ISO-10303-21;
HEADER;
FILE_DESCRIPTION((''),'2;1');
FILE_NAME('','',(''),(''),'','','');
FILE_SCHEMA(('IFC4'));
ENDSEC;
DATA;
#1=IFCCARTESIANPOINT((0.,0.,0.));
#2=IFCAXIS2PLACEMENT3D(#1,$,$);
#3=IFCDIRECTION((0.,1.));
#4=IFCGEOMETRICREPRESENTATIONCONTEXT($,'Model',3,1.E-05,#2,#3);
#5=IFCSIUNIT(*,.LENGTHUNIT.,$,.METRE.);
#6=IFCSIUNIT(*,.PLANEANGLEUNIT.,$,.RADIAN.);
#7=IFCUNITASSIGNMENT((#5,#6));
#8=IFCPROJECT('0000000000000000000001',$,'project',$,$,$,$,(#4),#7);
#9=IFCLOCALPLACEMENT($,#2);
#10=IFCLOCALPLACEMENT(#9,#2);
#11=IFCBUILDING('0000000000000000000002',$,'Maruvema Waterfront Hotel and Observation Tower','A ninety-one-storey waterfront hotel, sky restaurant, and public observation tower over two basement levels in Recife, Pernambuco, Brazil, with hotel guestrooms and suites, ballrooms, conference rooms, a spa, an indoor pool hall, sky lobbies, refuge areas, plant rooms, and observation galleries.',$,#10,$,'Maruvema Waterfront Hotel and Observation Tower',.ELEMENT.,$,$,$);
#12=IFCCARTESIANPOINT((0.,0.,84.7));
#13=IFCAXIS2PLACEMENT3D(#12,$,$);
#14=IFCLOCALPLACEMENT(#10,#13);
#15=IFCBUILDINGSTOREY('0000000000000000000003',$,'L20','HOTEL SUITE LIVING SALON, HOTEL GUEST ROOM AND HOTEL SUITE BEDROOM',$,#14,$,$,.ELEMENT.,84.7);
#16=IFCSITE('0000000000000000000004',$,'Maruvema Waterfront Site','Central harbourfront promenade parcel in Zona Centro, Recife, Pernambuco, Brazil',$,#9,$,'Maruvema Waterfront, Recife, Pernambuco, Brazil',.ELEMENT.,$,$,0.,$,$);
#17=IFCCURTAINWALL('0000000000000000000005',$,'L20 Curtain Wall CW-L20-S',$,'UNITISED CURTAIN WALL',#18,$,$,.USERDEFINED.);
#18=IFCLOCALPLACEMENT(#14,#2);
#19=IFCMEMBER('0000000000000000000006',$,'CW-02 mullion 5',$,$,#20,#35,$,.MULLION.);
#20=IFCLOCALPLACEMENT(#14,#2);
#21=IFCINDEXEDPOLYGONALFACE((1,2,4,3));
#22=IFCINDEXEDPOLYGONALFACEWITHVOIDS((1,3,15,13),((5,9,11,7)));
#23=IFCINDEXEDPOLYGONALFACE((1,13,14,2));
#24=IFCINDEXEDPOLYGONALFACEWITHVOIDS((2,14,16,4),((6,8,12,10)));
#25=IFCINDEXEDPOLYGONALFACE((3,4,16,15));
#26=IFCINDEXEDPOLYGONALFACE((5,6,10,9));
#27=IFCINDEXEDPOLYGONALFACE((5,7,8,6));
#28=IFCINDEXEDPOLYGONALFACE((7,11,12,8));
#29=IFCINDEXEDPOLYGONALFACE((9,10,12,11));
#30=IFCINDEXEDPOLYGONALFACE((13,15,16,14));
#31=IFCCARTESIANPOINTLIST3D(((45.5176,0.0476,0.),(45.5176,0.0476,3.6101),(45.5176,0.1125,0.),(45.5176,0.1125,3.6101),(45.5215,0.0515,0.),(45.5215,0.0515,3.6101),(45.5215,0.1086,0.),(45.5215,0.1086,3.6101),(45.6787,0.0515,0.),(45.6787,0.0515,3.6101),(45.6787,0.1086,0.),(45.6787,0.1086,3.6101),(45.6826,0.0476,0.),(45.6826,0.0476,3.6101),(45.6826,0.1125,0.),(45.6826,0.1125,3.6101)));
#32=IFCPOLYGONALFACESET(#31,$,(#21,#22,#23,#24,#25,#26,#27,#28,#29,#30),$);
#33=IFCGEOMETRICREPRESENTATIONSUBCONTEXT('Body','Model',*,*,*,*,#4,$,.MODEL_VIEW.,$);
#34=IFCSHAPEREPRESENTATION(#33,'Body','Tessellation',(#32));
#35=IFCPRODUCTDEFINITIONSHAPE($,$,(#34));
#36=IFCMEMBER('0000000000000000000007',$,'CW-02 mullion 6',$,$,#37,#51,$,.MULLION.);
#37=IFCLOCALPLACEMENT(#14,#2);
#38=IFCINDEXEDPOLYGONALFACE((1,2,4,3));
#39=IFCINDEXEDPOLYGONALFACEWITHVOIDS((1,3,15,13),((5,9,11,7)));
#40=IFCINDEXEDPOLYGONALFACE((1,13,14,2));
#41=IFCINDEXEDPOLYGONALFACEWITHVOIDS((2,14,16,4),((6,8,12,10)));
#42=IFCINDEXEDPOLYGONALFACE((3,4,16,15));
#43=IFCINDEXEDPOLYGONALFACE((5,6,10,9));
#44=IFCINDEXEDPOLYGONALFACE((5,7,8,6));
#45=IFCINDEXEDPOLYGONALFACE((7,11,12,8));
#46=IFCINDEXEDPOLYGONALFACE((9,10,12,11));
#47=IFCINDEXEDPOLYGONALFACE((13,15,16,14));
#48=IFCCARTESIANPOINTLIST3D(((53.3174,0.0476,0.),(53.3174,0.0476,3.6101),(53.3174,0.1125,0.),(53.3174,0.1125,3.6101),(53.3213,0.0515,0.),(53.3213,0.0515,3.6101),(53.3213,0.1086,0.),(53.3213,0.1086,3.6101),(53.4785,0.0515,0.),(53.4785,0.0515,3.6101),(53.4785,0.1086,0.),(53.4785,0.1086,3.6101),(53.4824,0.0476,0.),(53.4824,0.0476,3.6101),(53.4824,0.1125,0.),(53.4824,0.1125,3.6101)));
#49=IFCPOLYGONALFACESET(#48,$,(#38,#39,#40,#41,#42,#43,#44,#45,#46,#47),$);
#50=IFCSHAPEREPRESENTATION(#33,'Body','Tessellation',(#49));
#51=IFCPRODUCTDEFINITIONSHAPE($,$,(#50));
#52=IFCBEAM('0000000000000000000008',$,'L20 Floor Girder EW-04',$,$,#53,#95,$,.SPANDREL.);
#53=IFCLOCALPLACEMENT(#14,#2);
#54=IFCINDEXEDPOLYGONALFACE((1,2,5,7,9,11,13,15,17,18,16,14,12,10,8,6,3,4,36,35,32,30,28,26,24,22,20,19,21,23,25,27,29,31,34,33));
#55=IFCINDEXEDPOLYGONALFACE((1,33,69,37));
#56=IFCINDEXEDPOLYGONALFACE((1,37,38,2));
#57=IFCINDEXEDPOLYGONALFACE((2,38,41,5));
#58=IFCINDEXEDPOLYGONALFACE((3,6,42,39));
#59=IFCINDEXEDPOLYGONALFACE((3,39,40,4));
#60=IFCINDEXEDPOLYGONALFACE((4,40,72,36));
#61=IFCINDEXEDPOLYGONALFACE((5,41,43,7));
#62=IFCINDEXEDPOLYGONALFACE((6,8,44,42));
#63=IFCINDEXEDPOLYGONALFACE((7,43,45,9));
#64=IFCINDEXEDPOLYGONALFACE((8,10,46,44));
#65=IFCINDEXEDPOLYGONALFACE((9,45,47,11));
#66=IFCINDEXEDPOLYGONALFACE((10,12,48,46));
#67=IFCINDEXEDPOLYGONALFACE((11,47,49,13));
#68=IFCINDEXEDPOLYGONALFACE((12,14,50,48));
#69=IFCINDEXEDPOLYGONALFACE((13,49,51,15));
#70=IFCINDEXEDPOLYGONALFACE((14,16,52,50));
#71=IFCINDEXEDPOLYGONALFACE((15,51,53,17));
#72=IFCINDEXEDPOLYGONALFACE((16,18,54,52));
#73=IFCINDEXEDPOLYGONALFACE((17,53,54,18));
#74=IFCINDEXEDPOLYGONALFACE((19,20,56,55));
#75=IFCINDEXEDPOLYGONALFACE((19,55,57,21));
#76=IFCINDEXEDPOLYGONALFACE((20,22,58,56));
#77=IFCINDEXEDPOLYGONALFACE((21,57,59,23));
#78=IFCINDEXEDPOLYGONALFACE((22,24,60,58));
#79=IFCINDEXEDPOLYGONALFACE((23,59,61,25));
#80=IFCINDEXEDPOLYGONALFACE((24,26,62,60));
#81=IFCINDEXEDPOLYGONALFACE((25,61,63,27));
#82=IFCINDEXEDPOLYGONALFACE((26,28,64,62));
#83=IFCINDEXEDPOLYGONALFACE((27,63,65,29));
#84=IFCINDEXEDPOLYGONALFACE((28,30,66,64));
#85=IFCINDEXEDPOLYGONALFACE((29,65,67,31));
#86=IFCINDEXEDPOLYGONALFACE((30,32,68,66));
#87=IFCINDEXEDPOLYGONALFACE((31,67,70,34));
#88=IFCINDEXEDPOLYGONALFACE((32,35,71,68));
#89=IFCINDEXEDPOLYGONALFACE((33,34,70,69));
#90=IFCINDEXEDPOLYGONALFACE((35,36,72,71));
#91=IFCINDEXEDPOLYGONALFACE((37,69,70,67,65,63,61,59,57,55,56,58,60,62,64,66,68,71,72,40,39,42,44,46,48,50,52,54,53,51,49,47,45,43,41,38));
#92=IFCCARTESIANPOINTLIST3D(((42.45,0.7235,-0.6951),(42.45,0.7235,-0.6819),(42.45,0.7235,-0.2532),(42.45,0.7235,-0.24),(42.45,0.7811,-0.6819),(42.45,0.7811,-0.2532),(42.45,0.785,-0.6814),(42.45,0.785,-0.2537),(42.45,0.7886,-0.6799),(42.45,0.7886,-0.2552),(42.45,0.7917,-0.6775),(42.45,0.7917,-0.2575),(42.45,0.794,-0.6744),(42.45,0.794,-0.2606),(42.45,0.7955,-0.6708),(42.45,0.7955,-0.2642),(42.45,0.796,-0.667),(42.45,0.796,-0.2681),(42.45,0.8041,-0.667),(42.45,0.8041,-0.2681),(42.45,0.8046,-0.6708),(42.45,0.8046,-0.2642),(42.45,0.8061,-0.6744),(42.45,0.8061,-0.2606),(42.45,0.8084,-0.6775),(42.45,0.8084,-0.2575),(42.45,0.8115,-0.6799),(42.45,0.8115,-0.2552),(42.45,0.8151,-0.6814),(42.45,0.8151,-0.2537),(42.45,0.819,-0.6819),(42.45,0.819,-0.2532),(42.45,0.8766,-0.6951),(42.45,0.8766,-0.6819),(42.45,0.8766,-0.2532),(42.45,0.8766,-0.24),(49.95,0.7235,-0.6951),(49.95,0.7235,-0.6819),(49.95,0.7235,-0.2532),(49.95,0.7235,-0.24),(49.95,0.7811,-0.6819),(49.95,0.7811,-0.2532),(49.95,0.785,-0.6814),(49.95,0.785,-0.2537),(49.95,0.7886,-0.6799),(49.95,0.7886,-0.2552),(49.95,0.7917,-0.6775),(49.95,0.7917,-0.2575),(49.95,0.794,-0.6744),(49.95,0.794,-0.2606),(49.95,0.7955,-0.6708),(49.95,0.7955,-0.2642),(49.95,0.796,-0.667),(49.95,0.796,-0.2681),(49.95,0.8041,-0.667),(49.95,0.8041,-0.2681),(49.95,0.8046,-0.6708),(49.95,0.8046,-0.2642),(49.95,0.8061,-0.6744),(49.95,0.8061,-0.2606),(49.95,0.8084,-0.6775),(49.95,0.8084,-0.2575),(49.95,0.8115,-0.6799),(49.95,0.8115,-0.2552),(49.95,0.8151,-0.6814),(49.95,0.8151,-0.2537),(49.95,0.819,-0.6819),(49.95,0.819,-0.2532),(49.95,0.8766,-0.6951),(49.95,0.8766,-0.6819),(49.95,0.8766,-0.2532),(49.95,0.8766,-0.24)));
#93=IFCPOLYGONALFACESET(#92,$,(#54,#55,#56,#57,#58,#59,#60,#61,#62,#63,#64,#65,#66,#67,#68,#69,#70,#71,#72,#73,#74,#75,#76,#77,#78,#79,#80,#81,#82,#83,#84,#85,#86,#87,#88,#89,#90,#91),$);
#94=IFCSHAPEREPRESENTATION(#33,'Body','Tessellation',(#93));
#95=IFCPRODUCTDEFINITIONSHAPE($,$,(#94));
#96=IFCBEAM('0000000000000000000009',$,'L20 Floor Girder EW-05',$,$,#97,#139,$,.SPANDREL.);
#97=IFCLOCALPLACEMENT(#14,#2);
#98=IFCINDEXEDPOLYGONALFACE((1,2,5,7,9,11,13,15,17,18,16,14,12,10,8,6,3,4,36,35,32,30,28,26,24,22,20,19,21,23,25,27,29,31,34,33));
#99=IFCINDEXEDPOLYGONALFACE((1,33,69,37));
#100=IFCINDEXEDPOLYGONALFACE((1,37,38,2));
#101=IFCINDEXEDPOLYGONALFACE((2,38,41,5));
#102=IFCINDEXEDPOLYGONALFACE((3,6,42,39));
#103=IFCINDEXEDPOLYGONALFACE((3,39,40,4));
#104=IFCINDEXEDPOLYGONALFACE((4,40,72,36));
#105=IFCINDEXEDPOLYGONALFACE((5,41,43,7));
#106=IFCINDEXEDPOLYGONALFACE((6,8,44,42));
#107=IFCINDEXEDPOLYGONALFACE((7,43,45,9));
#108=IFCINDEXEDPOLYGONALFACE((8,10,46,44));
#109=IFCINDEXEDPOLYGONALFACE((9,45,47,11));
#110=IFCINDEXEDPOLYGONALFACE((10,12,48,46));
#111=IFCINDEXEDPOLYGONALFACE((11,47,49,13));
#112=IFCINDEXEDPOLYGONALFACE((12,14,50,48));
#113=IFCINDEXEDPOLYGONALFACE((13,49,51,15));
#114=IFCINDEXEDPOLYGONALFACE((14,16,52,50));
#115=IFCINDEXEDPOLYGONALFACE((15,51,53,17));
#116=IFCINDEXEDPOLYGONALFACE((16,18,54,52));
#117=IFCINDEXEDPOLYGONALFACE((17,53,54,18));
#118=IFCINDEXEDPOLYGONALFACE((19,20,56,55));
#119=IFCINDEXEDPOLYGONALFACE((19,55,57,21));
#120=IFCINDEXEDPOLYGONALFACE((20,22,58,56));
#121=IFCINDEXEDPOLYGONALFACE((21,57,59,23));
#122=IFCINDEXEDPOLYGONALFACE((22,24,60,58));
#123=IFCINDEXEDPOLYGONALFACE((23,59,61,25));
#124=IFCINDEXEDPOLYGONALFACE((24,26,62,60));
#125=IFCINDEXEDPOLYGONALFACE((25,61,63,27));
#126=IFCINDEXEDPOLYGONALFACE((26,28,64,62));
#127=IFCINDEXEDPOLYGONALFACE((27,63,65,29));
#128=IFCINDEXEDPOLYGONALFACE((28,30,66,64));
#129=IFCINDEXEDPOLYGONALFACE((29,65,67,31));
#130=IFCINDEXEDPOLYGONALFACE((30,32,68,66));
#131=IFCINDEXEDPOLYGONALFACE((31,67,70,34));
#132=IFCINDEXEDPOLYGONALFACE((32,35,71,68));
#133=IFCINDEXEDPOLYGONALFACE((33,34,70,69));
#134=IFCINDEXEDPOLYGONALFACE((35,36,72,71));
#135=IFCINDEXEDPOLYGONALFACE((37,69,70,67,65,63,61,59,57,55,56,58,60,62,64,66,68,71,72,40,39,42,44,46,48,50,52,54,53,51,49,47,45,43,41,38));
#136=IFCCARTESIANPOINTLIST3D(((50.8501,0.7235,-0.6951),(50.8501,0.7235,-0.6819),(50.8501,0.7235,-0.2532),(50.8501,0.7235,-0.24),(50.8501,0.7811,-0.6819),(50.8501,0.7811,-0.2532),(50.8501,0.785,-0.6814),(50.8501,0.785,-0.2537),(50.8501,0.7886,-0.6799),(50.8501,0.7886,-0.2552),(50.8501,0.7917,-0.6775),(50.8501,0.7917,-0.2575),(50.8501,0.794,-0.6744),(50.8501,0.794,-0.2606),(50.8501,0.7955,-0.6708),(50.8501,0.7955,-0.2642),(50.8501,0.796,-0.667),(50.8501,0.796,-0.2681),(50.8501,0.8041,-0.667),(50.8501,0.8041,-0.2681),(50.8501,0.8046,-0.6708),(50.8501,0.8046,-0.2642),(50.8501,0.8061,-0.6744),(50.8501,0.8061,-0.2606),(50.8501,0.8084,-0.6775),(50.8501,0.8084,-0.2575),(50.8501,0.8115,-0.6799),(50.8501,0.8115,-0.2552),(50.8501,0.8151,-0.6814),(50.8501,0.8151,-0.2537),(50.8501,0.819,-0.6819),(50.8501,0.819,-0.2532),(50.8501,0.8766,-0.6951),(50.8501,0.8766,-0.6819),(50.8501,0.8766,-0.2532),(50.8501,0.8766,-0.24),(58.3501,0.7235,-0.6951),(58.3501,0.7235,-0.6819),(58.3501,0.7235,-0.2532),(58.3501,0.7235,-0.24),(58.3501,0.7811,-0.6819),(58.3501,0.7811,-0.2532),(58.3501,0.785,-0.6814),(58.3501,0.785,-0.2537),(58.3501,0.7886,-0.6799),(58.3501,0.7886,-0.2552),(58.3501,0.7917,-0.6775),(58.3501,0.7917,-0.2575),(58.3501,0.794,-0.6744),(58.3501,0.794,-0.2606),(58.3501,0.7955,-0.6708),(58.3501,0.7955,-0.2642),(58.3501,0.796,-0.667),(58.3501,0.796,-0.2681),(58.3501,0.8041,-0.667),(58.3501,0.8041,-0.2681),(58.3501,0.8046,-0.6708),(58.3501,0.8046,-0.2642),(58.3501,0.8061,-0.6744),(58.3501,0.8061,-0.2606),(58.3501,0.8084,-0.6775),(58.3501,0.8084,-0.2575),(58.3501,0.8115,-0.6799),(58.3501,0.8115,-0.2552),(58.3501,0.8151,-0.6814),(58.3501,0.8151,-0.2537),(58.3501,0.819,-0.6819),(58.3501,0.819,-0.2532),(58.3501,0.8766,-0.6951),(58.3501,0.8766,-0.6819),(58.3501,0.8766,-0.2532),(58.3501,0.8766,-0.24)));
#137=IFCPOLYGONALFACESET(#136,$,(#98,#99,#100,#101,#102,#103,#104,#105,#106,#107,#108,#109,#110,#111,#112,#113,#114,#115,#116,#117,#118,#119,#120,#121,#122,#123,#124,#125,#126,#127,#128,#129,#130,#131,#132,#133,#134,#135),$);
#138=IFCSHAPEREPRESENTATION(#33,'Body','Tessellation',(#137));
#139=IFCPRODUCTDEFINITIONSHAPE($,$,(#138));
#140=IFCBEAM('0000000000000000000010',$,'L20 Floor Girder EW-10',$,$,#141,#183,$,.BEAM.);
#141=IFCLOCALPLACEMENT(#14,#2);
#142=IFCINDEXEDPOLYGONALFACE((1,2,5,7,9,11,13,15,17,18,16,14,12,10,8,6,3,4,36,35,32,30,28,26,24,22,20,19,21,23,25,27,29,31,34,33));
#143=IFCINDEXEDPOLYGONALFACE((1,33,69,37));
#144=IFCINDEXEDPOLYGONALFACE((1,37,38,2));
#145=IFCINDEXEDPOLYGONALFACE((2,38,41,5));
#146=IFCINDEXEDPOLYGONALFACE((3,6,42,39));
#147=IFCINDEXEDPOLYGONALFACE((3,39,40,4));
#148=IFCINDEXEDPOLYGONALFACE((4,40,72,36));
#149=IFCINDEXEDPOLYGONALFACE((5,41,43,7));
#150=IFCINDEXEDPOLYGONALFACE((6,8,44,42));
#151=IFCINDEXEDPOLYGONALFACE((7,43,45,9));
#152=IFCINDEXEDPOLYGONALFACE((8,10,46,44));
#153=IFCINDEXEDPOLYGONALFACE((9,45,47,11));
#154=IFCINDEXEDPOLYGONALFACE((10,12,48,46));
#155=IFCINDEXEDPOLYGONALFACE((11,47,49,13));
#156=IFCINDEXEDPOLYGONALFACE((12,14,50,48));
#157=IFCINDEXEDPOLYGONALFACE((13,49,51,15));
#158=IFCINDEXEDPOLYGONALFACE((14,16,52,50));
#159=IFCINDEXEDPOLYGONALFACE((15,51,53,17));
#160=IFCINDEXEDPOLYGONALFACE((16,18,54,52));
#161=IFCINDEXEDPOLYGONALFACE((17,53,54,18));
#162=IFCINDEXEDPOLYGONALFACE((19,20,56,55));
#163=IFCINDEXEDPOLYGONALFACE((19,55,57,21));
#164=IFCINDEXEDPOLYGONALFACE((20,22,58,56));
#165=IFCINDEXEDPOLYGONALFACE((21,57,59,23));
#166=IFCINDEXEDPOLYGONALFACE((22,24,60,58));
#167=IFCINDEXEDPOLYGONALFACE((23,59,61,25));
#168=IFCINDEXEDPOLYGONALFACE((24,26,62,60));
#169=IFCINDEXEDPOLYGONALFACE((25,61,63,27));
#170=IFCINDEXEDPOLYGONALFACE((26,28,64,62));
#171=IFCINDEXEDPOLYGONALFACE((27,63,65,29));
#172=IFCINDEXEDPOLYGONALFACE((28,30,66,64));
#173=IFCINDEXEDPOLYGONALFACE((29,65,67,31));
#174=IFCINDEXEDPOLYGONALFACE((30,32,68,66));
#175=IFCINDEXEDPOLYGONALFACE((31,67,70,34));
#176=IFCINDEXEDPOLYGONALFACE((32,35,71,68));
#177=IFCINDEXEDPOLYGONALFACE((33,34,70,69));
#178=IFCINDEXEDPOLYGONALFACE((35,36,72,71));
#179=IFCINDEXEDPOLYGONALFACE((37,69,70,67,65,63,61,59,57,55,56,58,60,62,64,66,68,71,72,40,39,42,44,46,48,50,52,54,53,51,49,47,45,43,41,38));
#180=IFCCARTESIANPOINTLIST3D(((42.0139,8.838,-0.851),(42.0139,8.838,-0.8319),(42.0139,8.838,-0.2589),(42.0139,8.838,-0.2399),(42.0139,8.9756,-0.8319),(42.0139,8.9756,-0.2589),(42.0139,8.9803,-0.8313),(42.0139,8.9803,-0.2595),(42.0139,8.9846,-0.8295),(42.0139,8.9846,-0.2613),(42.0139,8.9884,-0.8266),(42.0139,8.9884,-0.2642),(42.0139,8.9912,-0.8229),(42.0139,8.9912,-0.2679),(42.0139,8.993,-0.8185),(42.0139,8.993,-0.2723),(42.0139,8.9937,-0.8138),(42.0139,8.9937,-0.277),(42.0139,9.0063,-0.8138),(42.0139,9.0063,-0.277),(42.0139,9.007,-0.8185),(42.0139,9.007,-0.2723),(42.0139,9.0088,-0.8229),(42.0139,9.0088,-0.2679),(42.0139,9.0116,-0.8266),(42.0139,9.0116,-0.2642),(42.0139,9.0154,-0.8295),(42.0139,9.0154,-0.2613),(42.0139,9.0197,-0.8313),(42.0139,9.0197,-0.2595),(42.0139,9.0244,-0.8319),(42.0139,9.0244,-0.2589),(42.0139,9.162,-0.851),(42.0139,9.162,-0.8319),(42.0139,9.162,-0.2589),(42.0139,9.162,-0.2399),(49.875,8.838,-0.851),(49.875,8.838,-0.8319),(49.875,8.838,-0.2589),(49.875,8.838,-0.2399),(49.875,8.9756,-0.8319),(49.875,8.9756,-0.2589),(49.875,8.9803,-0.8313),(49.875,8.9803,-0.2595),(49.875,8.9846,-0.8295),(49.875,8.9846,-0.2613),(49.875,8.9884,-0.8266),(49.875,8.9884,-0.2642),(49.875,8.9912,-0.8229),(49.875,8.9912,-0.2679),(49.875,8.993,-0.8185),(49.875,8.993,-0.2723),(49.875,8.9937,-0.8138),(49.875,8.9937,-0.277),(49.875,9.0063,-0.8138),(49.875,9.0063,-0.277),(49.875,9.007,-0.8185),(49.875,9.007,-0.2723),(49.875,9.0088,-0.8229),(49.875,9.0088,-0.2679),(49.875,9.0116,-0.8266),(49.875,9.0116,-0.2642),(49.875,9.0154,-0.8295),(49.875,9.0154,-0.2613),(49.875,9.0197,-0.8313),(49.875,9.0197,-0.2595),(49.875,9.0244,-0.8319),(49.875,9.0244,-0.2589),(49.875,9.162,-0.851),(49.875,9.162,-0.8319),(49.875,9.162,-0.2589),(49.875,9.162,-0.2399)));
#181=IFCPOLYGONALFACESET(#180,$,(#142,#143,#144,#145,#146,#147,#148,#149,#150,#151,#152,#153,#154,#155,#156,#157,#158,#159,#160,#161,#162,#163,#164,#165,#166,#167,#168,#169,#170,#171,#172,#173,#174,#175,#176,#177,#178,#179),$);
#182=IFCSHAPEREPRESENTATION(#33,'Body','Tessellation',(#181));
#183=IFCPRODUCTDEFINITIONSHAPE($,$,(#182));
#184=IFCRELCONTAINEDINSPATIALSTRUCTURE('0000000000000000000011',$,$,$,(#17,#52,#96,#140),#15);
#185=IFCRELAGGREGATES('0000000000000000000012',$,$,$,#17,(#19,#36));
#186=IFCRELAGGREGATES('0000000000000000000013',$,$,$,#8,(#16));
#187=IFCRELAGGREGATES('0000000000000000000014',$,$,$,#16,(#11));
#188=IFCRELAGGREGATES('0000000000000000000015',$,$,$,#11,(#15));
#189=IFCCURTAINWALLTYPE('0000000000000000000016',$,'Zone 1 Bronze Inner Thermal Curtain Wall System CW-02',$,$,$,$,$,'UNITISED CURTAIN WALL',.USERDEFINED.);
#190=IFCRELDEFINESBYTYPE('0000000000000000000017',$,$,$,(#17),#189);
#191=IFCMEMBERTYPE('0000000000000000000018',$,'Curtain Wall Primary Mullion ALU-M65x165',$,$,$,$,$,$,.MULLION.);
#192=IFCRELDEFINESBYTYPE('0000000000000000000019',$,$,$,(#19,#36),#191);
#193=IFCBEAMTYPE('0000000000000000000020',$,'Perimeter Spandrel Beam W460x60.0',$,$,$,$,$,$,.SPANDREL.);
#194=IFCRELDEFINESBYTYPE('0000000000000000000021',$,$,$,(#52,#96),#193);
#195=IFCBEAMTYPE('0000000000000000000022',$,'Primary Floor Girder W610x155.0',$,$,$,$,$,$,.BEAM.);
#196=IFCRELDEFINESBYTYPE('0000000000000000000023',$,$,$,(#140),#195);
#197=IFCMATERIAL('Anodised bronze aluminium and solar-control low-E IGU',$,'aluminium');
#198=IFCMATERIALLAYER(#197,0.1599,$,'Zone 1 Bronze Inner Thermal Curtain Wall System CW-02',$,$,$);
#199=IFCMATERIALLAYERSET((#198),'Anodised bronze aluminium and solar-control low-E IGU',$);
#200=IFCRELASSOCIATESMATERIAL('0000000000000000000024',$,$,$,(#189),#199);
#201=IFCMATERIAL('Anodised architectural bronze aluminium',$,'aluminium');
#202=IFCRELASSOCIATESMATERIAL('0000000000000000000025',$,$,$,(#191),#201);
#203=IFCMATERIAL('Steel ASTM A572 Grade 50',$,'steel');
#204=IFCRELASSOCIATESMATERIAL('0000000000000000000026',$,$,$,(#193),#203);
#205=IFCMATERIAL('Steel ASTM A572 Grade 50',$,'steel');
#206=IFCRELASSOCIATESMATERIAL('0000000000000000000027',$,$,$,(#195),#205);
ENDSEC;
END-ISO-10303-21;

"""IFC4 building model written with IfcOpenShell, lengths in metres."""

from ifc_helpers import new_model, si_unit, direction, frame, origin, origin_2d, place, context, subcontext, project, spatial, hollow_rectangle, i_section, extrude, material, layer, layer_set, material_profile, profile_set, type_object, element, aggregate, save


model = new_model("IFC4")

# Units and contexts
model_context = context("Model", 3, precision=1e-05, world=origin(), true_north=direction((0.0, 1.0)))
body_context = subcontext(model_context, "Body", "Model", "MODEL_VIEW")
ifc_project = project(units=[si_unit("LENGTHUNIT", "METRE"), si_unit("PLANEANGLEUNIT", "RADIAN")], contexts=[model_context])

# Site, building, storey
site_placement = place(None, origin())
site = spatial("IfcSite", under=ifc_project, at=site_placement, Name="Maruvema Waterfront Site", Description="Central harbourfront promenade parcel in Zona Centro, Recife, Pernambuco, Brazil", LongName="Maruvema Waterfront, Recife, Pernambuco, Brazil", CompositionType="ELEMENT", RefElevation=0.0)
building_placement = place(site_placement, origin())
building = spatial("IfcBuilding", under=site, at=building_placement, Name="Maruvema Waterfront Hotel and Observation Tower", Description="A ninety-one-storey waterfront hotel, sky restaurant, and public observation tower over two basement levels in Recife, Pernambuco, Brazil, with hotel guestrooms and suites, ballrooms, conference rooms, a spa, an indoor pool hall, sky lobbies, refuge areas, plant rooms, and observation galleries.", LongName="Maruvema Waterfront Hotel and Observation Tower", CompositionType="ELEMENT")
storey_placement = place(building_placement, frame((0.0, 0.0, 84.7)))
storey = spatial("IfcBuildingStorey", under=building, at=storey_placement, Name="L20", Description="HOTEL SUITE LIVING SALON, HOTEL GUEST ROOM AND HOTEL SUITE BEDROOM", CompositionType="ELEMENT", Elevation=84.7)

# Curtain wall, members
ifc_material_1 = material(Name="Anodised bronze aluminium and solar-control low-E IGU", Category="aluminium")
ifc_layer_1 = layer(ifc_material_1, 0.1599, Name="Zone 1 Bronze Inner Thermal Curtain Wall System CW-02")
ifc_layer_set_1 = layer_set([ifc_layer_1], Name="Anodised bronze aluminium and solar-control low-E IGU")
curtain_wall_type = type_object("IfcCurtainWallType", Name="Zone 1 Bronze Inner Thermal Curtain Wall System CW-02", ElementType="UNITISED CURTAIN WALL", PredefinedType="USERDEFINED", material=ifc_layer_set_1)
curtain_wall_placement = place(storey_placement, origin())
curtain_wall = element("IfcCurtainWall", 1, at=curtain_wall_placement, inside=storey, type_object=curtain_wall_type, Name="L20 Curtain Wall CW-L20-S", ObjectType="UNITISED CURTAIN WALL", PredefinedType="USERDEFINED")
ifc_material_2 = material(Name="Anodised architectural bronze aluminium", Category="aluminium")
ifc_material_profile_1 = material_profile(ifc_material_2, hollow_rectangle(XDim=0.0649, YDim=0.165, WallThickness=0.0039, at=origin_2d()), Name="ALU-M65x165")
ifc_profile_set_1 = profile_set([ifc_material_profile_1], Name="Anodised architectural bronze aluminium")
member_type_1 = type_object("IfcMemberType", Name="Curtain Wall Primary Mullion ALU-M65x165", PredefinedType="MULLION", material=ifc_profile_set_1)
member_1_placement = place(storey_placement, frame((45.6001, 0.0801, 0.0), z_axis=(0.0, 0.0, 1.0), x_axis=(0.0, 1.0, 0.0)))
member_1 = element("IfcMember", 2, at=member_1_placement, type_object=member_type_1, Name="CW-02 mullion 5", PredefinedType="MULLION", context=body_context, shape_type="SweptSolid", body=[
    extrude(hollow_rectangle(XDim=0.0649, YDim=0.165, WallThickness=0.0039, at=origin_2d()), origin(), (0.0, 0.0, 1.0), 3.6101),
])
member_2_placement = place(storey_placement, frame((53.3999, 0.0801, 0.0), z_axis=(0.0, 0.0, 1.0), x_axis=(0.0, 1.0, 0.0)))
member_2 = element("IfcMember", 3, at=member_2_placement, type_object=member_type_1, Name="CW-02 mullion 6", PredefinedType="MULLION", context=body_context, shape_type="SweptSolid", body=[
    extrude(hollow_rectangle(XDim=0.0649, YDim=0.165, WallThickness=0.0039, at=origin_2d()), origin(), (0.0, 0.0, 1.0), 3.6101),
])

# Beams
ifc_material_3 = material(Name="Steel ASTM A572 Grade 50", Category="steel")
ifc_material_profile_2 = material_profile(ifc_material_3, i_section(OverallWidth=0.1531, OverallDepth=0.4551, WebThickness=0.0081, FlangeThickness=0.0132, FilletRadius=0.0149, at=origin_2d()), Name="W460x60.0")
ifc_profile_set_2 = profile_set([ifc_material_profile_2], Name="Steel ASTM A572 Grade 50")
beam_type_1 = type_object("IfcBeamType", Name="Perimeter Spandrel Beam W460x60.0", PredefinedType="SPANDREL", material=ifc_profile_set_2)
for number, where, z_axis, x_axis, name in (
    (4, (42.45, 0.8, -0.4675), (1.0, 0.0, 0.0), (0.0, 1.0, 0.0), "L20 Floor Girder EW-04"),
    (5, (50.8501, 0.8, -0.4675), (1.0, 0.0, 0.0), (0.0, 1.0, 0.0), "L20 Floor Girder EW-05"),
):
    element("IfcBeam", number, at=place(storey_placement, frame(where, z_axis=z_axis, x_axis=x_axis)), inside=storey, type_object=beam_type_1, Name=name, PredefinedType="SPANDREL", context=body_context, shape_type="SweptSolid", body=[
        extrude(i_section(OverallWidth=0.1531, OverallDepth=0.4551, WebThickness=0.0081, FlangeThickness=0.0132, FilletRadius=0.0149, at=origin_2d()), origin(), (0.0, 0.0, 1.0), 7.5),
    ])
ifc_material_4 = material(Name="Steel ASTM A572 Grade 50", Category="steel")
ifc_material_profile_3 = material_profile(ifc_material_4, i_section(OverallWidth=0.324, OverallDepth=0.6111, WebThickness=0.0127, FlangeThickness=0.019, FilletRadius=0.0181, at=origin_2d()), Name="W610x155.0")
ifc_profile_set_3 = profile_set([ifc_material_profile_3], Name="Steel ASTM A572 Grade 50")
beam_type_2 = type_object("IfcBeamType", Name="Primary Floor Girder W610x155.0", PredefinedType="BEAM", material=ifc_profile_set_3)
beam_1_placement = place(storey_placement, frame((42.0139, 9.0, -0.5454), z_axis=(1.0, 0.0, 0.0), x_axis=(0.0, 1.0, 0.0)))
element("IfcBeam", 6, at=beam_1_placement, inside=storey, type_object=beam_type_2, Name="L20 Floor Girder EW-10", PredefinedType="BEAM", context=body_context, shape_type="SweptSolid", body=[
    extrude(i_section(OverallWidth=0.324, OverallDepth=0.6111, WebThickness=0.0127, FlangeThickness=0.019, FilletRadius=0.0181, at=origin_2d()), origin(), (0.0, 0.0, 1.0), 7.8611),
])

aggregate(curtain_wall, [member_1, member_2])

save(model, "model.ifc")
